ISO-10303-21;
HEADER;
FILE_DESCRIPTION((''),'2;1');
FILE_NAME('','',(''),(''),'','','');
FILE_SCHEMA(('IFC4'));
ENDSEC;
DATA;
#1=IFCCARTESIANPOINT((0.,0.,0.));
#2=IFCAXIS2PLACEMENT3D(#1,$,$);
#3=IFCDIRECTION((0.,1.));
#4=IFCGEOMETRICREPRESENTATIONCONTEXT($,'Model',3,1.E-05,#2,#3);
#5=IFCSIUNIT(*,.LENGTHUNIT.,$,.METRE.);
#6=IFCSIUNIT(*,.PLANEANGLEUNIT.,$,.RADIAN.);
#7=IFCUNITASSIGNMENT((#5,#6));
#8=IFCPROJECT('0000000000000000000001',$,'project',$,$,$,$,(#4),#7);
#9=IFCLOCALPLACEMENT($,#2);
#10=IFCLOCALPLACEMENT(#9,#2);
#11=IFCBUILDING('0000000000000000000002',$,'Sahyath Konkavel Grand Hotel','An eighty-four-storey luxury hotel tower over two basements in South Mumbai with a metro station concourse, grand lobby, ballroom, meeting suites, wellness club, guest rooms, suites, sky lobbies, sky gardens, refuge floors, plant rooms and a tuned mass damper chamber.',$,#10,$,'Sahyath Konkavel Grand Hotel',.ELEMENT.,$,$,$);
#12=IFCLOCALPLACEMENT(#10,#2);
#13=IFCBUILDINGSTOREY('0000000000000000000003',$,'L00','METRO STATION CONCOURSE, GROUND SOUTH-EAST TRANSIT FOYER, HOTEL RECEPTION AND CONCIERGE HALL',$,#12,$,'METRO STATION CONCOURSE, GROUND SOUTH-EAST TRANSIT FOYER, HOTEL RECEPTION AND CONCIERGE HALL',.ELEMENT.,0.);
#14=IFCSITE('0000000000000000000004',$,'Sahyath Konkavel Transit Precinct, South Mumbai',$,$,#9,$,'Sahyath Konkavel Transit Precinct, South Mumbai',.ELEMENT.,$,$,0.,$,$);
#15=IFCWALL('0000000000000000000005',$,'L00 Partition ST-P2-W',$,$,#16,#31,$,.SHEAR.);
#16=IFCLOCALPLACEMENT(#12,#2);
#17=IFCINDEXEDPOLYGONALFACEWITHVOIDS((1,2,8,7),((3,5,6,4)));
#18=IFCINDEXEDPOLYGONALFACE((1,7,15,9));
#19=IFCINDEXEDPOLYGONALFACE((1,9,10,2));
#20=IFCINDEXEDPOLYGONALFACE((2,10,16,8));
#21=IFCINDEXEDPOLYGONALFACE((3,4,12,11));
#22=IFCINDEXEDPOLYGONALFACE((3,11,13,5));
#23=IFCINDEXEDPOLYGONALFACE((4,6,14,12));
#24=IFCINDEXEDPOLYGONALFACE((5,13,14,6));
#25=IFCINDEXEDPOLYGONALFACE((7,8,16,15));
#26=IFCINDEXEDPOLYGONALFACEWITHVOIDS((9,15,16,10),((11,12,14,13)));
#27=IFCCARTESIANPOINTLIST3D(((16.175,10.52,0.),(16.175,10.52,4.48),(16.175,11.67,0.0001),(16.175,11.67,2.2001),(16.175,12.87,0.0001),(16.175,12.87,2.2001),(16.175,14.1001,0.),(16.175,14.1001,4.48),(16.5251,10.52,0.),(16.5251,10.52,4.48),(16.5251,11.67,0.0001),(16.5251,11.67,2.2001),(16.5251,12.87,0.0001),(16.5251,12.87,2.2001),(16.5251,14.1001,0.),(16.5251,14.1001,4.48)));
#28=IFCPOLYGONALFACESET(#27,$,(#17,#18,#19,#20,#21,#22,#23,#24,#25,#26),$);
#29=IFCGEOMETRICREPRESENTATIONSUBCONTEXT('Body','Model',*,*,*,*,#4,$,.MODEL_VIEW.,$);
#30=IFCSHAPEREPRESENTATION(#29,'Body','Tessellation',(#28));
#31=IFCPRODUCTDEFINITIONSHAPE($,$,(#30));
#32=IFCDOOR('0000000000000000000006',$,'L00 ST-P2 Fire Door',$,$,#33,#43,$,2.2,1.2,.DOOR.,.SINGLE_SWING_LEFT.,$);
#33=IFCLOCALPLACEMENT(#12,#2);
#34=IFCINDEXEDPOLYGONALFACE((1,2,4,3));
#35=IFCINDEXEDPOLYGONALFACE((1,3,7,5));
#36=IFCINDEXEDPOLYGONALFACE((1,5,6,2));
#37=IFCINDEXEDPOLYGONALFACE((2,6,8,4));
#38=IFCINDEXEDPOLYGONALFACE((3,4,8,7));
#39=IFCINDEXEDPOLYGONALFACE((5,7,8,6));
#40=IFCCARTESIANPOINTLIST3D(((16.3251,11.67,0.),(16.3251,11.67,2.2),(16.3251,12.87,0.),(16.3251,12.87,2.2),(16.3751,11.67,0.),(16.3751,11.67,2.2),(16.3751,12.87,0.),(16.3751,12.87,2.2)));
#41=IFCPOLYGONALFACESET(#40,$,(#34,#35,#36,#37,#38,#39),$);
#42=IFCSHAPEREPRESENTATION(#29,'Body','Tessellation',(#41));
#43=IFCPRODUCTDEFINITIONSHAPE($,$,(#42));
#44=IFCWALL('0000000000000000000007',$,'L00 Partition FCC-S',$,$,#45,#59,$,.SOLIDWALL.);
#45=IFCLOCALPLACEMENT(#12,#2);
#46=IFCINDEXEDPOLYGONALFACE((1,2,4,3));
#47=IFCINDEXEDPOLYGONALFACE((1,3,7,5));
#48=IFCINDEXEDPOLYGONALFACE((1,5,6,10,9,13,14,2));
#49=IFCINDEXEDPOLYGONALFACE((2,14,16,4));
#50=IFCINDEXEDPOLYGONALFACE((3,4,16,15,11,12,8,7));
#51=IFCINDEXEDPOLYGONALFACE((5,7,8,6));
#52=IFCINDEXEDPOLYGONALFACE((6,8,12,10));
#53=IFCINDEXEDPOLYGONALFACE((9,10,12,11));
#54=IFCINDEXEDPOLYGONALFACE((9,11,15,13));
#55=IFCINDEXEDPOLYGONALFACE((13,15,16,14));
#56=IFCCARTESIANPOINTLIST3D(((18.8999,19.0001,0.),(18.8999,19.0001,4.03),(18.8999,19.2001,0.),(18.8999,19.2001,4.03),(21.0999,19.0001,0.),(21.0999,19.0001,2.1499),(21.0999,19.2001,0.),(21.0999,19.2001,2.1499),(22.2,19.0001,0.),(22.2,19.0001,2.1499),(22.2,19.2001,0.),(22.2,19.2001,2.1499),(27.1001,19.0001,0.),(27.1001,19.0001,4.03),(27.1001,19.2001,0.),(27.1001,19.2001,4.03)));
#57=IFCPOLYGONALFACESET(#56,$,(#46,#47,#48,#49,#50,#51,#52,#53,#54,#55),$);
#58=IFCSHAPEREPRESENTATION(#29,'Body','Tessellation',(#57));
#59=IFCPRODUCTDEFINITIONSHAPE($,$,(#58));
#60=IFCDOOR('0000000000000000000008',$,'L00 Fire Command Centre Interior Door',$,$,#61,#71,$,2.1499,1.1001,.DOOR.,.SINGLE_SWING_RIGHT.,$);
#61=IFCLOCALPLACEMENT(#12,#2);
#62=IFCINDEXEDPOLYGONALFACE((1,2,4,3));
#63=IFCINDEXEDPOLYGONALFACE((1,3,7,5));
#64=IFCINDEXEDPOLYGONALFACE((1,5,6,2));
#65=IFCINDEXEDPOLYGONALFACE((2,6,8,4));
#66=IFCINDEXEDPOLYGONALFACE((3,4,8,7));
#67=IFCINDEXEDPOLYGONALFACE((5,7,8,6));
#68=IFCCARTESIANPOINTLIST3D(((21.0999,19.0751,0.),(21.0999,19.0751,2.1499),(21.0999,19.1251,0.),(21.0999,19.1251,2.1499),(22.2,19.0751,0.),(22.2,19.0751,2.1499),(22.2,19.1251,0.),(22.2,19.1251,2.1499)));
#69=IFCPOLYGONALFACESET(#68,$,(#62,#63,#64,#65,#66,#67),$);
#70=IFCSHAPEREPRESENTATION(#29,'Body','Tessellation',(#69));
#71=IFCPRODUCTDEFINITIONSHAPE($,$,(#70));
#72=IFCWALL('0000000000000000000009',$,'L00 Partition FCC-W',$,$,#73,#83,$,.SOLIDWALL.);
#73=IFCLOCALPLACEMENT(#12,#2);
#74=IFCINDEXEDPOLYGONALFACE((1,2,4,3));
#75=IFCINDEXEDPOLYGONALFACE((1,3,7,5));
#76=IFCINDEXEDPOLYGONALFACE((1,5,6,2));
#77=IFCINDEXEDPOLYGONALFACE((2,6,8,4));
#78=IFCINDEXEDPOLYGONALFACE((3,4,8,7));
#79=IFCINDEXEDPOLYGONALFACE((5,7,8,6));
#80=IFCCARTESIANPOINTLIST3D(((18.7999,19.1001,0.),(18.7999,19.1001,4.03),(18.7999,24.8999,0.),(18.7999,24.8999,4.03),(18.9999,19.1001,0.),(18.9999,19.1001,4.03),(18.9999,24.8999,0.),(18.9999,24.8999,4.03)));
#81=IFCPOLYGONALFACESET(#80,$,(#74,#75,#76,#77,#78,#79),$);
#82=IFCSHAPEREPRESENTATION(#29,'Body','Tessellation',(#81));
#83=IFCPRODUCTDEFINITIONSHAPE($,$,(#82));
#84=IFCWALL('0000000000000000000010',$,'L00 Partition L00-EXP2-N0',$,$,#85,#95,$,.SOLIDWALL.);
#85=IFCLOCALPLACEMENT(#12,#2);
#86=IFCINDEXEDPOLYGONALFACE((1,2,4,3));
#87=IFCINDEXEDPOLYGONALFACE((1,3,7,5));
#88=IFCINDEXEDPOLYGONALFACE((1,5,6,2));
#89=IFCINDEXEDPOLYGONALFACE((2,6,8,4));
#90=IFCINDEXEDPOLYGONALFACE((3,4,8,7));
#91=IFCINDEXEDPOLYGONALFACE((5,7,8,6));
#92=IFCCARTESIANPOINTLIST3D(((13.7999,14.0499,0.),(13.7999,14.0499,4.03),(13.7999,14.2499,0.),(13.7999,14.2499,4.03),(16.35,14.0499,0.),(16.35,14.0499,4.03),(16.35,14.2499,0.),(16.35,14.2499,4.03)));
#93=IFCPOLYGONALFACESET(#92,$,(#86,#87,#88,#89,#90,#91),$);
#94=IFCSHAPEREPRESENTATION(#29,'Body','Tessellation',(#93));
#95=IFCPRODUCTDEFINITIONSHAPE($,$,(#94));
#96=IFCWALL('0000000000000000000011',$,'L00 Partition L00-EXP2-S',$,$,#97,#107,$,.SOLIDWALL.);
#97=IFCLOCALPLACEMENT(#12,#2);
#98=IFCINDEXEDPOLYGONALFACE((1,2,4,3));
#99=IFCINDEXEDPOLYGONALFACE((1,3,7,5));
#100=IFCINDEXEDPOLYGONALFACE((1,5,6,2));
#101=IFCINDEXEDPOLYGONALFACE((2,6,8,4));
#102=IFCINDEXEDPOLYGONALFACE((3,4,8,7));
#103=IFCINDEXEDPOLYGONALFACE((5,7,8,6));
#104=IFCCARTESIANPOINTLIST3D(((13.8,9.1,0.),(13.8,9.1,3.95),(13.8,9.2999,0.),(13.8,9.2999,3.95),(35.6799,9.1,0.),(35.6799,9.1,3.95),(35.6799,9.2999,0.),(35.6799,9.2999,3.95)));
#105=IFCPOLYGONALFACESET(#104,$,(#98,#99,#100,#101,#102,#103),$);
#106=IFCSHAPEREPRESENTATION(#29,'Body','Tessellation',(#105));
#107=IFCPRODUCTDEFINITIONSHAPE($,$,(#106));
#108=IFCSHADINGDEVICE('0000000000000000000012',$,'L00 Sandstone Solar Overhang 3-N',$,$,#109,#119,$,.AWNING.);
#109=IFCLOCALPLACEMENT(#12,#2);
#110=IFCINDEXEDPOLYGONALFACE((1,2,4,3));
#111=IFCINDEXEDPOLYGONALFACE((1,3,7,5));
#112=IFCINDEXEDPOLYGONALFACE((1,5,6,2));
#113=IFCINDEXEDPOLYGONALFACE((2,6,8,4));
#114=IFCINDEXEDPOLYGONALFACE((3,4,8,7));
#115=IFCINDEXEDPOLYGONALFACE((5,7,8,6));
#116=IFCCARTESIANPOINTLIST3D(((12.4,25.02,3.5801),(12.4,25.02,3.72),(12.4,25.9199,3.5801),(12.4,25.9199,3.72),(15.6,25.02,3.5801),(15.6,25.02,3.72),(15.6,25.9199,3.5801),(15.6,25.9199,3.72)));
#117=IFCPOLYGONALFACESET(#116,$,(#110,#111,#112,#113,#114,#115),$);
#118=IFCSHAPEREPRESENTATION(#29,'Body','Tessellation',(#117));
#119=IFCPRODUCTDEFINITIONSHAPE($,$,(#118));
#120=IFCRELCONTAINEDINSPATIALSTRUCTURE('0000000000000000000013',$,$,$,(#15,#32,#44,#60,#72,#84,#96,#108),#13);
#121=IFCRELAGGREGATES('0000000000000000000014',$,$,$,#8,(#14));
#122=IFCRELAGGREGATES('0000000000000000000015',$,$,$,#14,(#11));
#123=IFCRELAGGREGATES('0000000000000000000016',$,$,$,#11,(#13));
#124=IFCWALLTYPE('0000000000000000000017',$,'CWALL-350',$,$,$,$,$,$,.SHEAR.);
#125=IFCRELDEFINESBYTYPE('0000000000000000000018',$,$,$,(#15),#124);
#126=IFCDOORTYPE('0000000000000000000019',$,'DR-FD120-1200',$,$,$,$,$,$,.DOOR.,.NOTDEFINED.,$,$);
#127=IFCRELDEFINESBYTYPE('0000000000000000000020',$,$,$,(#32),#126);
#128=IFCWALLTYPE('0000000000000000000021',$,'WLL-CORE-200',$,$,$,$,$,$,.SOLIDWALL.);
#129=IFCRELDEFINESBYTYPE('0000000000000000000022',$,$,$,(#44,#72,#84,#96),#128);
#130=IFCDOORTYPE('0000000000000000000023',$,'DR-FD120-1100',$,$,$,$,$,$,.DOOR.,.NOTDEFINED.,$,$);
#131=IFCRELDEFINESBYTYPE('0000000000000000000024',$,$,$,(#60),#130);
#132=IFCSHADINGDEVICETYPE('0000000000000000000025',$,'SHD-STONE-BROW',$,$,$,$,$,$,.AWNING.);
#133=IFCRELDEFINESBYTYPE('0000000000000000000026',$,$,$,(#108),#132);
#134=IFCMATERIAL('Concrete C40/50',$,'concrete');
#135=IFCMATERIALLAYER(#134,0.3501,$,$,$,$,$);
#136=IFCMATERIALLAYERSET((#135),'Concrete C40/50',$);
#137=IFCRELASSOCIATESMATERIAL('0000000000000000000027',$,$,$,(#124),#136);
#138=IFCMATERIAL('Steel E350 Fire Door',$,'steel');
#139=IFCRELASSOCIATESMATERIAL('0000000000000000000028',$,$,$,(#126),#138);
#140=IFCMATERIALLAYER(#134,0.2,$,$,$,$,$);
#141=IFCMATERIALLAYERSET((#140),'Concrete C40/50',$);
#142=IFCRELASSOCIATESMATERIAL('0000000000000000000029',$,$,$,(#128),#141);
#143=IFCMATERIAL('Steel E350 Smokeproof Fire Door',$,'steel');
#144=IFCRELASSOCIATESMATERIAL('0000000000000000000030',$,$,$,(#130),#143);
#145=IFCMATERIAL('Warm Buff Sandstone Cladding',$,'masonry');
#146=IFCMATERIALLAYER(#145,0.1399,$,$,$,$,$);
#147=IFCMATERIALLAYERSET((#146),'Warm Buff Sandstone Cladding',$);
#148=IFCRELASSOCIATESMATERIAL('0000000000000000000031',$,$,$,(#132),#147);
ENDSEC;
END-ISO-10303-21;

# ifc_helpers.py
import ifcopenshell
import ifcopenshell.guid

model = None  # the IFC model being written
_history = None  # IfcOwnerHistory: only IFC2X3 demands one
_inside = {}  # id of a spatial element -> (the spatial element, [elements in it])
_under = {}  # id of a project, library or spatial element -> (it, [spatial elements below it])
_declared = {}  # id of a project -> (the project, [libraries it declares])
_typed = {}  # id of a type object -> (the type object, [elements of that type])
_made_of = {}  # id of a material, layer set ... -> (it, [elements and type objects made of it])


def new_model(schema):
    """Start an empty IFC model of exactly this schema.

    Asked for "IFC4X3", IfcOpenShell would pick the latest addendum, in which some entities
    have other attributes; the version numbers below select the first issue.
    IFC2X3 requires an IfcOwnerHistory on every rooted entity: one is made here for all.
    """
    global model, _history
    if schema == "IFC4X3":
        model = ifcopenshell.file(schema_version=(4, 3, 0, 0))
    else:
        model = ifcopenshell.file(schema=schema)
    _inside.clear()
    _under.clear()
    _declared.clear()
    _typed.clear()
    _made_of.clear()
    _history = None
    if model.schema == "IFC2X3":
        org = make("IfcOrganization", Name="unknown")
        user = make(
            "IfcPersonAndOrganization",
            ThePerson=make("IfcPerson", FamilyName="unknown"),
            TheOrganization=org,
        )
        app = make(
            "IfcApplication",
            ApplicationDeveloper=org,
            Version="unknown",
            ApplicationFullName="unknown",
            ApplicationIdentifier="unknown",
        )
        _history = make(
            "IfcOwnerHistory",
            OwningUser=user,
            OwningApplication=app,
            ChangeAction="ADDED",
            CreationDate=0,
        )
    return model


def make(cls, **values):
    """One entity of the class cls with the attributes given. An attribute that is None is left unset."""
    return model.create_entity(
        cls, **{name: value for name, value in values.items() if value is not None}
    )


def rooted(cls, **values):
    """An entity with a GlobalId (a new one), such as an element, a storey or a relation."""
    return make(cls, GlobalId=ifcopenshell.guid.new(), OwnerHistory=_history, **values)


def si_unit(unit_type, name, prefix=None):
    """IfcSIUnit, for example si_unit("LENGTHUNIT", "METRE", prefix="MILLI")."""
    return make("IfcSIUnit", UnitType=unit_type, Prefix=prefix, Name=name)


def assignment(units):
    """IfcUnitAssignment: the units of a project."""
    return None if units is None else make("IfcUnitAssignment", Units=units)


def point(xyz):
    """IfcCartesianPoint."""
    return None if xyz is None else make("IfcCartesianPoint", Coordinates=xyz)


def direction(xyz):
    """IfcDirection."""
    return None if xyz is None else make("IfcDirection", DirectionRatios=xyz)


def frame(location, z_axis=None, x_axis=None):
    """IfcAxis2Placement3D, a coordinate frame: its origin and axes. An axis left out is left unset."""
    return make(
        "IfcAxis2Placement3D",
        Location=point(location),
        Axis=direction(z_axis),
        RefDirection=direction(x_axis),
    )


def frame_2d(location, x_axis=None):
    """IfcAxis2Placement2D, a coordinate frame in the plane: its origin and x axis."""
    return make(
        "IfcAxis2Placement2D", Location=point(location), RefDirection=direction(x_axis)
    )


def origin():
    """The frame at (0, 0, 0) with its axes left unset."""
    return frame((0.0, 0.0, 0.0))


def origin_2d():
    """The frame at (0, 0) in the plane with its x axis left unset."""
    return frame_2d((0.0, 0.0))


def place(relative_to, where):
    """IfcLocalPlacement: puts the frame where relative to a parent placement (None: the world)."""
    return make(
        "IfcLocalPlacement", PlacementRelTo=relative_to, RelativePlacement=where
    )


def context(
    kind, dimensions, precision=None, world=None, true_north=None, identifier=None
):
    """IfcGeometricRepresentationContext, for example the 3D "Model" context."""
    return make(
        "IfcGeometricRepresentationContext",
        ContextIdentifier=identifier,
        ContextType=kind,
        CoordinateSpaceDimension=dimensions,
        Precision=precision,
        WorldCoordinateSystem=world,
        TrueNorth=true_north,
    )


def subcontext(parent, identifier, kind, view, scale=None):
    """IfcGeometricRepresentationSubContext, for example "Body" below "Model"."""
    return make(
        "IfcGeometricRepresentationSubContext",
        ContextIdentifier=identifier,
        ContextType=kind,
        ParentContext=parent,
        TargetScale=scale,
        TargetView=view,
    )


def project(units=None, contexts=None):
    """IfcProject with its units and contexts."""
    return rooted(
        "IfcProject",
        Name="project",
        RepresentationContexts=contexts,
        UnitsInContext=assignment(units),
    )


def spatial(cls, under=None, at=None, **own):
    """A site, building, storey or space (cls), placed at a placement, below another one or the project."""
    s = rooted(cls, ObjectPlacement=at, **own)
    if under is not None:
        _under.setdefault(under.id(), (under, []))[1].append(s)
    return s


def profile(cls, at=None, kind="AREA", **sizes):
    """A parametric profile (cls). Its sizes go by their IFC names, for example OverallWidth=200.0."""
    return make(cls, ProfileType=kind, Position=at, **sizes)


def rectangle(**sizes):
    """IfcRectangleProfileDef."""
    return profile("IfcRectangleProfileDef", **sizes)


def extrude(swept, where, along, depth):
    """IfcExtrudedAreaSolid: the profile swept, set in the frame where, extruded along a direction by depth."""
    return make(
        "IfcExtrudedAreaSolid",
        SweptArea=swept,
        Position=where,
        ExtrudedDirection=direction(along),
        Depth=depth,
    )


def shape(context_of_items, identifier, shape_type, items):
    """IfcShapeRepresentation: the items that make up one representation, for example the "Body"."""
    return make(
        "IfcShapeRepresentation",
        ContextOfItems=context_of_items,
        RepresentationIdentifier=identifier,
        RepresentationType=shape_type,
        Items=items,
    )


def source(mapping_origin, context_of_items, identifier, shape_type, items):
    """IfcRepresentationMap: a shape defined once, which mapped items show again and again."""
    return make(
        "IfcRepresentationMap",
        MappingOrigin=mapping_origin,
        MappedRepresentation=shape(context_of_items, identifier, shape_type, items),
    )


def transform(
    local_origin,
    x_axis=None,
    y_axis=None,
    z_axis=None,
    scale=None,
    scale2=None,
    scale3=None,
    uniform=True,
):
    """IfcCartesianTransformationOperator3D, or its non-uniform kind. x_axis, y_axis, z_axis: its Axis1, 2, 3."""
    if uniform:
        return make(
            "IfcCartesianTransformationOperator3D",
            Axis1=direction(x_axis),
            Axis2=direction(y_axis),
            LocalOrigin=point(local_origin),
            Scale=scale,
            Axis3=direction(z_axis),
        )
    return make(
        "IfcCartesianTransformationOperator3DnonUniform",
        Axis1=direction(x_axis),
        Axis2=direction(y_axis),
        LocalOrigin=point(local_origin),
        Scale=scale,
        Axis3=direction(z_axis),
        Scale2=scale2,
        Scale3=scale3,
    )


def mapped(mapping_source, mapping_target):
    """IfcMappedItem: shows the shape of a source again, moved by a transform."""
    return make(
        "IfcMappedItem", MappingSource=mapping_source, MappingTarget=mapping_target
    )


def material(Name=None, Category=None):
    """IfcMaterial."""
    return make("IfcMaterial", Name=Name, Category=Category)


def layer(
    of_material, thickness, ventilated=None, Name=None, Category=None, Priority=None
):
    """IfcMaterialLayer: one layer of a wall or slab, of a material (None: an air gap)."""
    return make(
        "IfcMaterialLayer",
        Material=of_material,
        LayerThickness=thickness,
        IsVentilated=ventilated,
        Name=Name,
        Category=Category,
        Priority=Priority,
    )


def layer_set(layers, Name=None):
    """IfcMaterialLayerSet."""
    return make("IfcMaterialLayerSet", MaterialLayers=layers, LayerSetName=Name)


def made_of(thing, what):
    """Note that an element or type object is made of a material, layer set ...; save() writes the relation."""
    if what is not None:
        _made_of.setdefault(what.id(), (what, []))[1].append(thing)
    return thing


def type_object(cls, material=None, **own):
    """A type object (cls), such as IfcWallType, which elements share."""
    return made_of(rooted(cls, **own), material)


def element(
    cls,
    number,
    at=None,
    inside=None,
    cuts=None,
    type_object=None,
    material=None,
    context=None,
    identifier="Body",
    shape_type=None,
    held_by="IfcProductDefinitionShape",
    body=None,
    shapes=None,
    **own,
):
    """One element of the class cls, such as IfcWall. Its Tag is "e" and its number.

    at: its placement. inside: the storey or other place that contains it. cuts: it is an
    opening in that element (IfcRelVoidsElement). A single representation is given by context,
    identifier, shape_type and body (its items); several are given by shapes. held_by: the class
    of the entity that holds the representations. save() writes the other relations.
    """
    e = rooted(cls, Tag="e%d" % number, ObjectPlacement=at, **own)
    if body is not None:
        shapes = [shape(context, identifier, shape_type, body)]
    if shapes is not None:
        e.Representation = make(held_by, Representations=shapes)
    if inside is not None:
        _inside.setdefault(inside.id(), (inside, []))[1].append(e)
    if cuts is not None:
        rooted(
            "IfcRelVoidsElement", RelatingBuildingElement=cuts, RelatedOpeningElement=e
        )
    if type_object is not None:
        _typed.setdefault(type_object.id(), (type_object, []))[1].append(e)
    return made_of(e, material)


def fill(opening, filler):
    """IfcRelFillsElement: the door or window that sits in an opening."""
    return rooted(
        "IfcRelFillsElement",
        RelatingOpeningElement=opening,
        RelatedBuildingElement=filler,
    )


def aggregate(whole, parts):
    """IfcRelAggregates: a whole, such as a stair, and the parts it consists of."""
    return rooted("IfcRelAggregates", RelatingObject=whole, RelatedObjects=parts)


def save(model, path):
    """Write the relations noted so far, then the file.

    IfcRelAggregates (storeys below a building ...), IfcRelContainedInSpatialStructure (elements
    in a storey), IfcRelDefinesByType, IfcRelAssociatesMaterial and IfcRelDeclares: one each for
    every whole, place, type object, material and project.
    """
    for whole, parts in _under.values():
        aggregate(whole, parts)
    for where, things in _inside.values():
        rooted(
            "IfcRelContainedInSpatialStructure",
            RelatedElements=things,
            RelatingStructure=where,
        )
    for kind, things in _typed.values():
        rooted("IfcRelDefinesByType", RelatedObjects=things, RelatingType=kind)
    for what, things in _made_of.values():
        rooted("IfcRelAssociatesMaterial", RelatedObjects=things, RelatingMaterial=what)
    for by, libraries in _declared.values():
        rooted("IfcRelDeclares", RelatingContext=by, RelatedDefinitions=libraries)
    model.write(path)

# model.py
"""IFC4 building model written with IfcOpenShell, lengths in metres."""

from ifc_helpers import new_model, si_unit, direction, frame, frame_2d, origin, origin_2d, place, context, subcontext, project, spatial, rectangle, extrude, source, transform, mapped, material, layer, layer_set, type_object, element, fill, save


model = new_model("IFC4")

# Units and contexts
model_context = context("Model", 3, precision=1e-05, world=origin(), true_north=direction((0.0, 1.0)))
body_context = subcontext(model_context, "Body", "Model", "MODEL_VIEW")
ifc_project = project(units=[si_unit("LENGTHUNIT", "METRE"), si_unit("PLANEANGLEUNIT", "RADIAN")], contexts=[model_context])

# Site, building, storey
site_placement = place(None, origin())
site = spatial("IfcSite", under=ifc_project, at=site_placement, Name="Sahyath Konkavel Transit Precinct, South Mumbai", LongName="Sahyath Konkavel Transit Precinct, South Mumbai", CompositionType="ELEMENT", RefElevation=0.0)
building_placement = place(site_placement, origin())
building = spatial("IfcBuilding", under=site, at=building_placement, Name="Sahyath Konkavel Grand Hotel", Description="An eighty-four-storey luxury hotel tower over two basements in South Mumbai with a metro station concourse, grand lobby, ballroom, meeting suites, wellness club, guest rooms, suites, sky lobbies, sky gardens, refuge floors, plant rooms and a tuned mass damper chamber.", LongName="Sahyath Konkavel Grand Hotel", CompositionType="ELEMENT")
storey_placement = place(building_placement, origin())
storey = spatial("IfcBuildingStorey", under=building, at=storey_placement, Name="L00", Description="METRO STATION CONCOURSE, GROUND SOUTH-EAST TRANSIT FOYER, HOTEL RECEPTION AND CONCIERGE HALL", LongName="METRO STATION CONCOURSE, GROUND SOUTH-EAST TRANSIT FOYER, HOTEL RECEPTION AND CONCIERGE HALL", CompositionType="ELEMENT", Elevation=0.0)

# Shared definitions
ifc_material_1 = material(Name="Concrete C40/50", Category="concrete")
ifc_layer_1 = layer(ifc_material_1, 0.3501)
ifc_layer_set_1 = layer_set([ifc_layer_1], Name="Concrete C40/50")
wall_type_1 = type_object("IfcWallType", Name="CWALL-350", PredefinedType="SHEAR", material=ifc_layer_set_1)

# Walls, openings, doors
wall_1_placement = place(storey_placement, frame((16.3501, 10.52, 0.0), z_axis=(0.0, 0.0, 1.0), x_axis=(0.0, 1.0, 0.0)))
wall_1 = element("IfcWall", 1, at=wall_1_placement, inside=storey, type_object=wall_type_1, Name="L00 Partition ST-P2-W", PredefinedType="SHEAR", context=body_context, shape_type="SweptSolid", body=[
    extrude(rectangle(XDim=3.5801, YDim=0.3501, at=frame_2d((1.79, 0.0))), origin(), (0.0, 0.0, 1.0), 4.48),
])
opening_1_placement = place(wall_1_placement, frame((1.1499, 0.0, 0.0)))
opening_1 = element("IfcOpeningElement", 2, at=opening_1_placement, cuts=wall_1, PredefinedType="OPENING", context=body_context, shape_type="SweptSolid", body=[
    extrude(rectangle(XDim=1.2, YDim=2.2, at=frame_2d((0.6001, 1.1001))), frame((0.0, 0.1851, 0.0), z_axis=(0.0, -1.0, 0.0), x_axis=(1.0, 0.0, 0.0)), (0.0, 0.0, 1.0), 0.3701),
])
ifc_material_2 = material(Name="Steel E350 Fire Door", Category="steel")
door_type_1 = type_object("IfcDoorType", Name="DR-FD120-1200", OperationType="NOTDEFINED", PredefinedType="DOOR", material=ifc_material_2)
shared_shape_1 = source(origin(), body_context, "Body", "SweptSolid", [
    extrude(rectangle(XDim=1.2, YDim=0.05, at=origin_2d()), origin(), (0.0, 0.0, 1.0), 2.2),
])
door_1_placement = place(opening_1_placement, frame((0.6001, 0.0, 0.0)))
door_1 = element("IfcDoor", 3, at=door_1_placement, inside=storey, type_object=door_type_1, Name="L00 ST-P2 Fire Door", OperationType="SINGLE_SWING_LEFT", OverallHeight=2.2, OverallWidth=1.2, PredefinedType="DOOR", context=body_context, shape_type="MappedRepresentation", body=[
    mapped(shared_shape_1, transform((0.0, 0.0, 0.0), scale=1.0)),
])
fill(opening_1, door_1)
ifc_layer_2 = layer(ifc_material_1, 0.2)
ifc_layer_set_2 = layer_set([ifc_layer_2], Name="Concrete C40/50")
wall_type_2 = type_object("IfcWallType", Name="WLL-CORE-200", PredefinedType="SOLIDWALL", material=ifc_layer_set_2)
wall_2_placement = place(storey_placement, frame((18.8999, 19.1001, 0.0), z_axis=(0.0, 0.0, 1.0), x_axis=(1.0, 0.0, 0.0)))
wall_2 = element("IfcWall", 4, at=wall_2_placement, inside=storey, type_object=wall_type_2, Name="L00 Partition FCC-S", PredefinedType="SOLIDWALL", context=body_context, shape_type="SweptSolid", body=[
    extrude(rectangle(XDim=8.2002, YDim=0.2, at=frame_2d((4.1001, 0.0))), origin(), (0.0, 0.0, 1.0), 4.03),
])
opening_2_placement = place(wall_2_placement, frame((2.2, 0.0, 0.0)))
opening_2 = element("IfcOpeningElement", 5, at=opening_2_placement, cuts=wall_2, PredefinedType="OPENING", context=body_context, shape_type="SweptSolid", body=[
    extrude(rectangle(XDim=1.1001, YDim=2.1499, at=frame_2d((0.55, 1.075))), frame((0.0, 0.1099, 0.0), z_axis=(0.0, -1.0, 0.0), x_axis=(1.0, 0.0, 0.0)), (0.0, 0.0, 1.0), 0.22),
])
ifc_material_3 = material(Name="Steel E350 Smokeproof Fire Door", Category="steel")
door_type_2 = type_object("IfcDoorType", Name="DR-FD120-1100", OperationType="NOTDEFINED", PredefinedType="DOOR", material=ifc_material_3)
shared_shape_2 = source(origin(), body_context, "Body", "SweptSolid", [
    extrude(rectangle(XDim=1.1001, YDim=0.05, at=origin_2d()), origin(), (0.0, 0.0, 1.0), 2.1499),
])
door_2_placement = place(opening_2_placement, frame((0.55, 0.0, 0.0)))
door_2 = element("IfcDoor", 6, at=door_2_placement, inside=storey, type_object=door_type_2, Name="L00 Fire Command Centre Interior Door", OperationType="SINGLE_SWING_RIGHT", OverallHeight=2.1499, OverallWidth=1.1001, PredefinedType="DOOR", context=body_context, shape_type="MappedRepresentation", body=[
    mapped(shared_shape_2, transform((0.0, 0.0, 0.0), scale=1.0)),
])
fill(opening_2, door_2)

# Wall
wall_3_placement = place(storey_placement, frame((18.8999, 19.1001, 0.0), z_axis=(0.0, 0.0, 1.0), x_axis=(0.0, 1.0, 0.0)))
element("IfcWall", 7, at=wall_3_placement, inside=storey, type_object=wall_type_2, Name="L00 Partition FCC-W", PredefinedType="SOLIDWALL", context=body_context, shape_type="SweptSolid", body=[
    extrude(rectangle(XDim=5.7998, YDim=0.2, at=frame_2d((2.8999, 0.0))), origin(), (0.0, 0.0, 1.0), 4.03),
])

# Walls
wall_4_placement = place(storey_placement, frame((13.8, 14.1499, 0.0), z_axis=(0.0, 0.0, 1.0), x_axis=(1.0, 0.0, 0.0)))
element("IfcWall", 8, at=wall_4_placement, inside=storey, type_object=wall_type_2, Name="L00 Partition L00-EXP2-N0", PredefinedType="SOLIDWALL", context=body_context, shape_type="SweptSolid", body=[
    extrude(rectangle(XDim=2.55, YDim=0.2, at=frame_2d((1.2749, 0.0))), origin(), (0.0, 0.0, 1.0), 4.03),
])
wall_5_placement = place(storey_placement, frame((13.8, 9.2, 0.0), z_axis=(0.0, 0.0, 1.0), x_axis=(1.0, 0.0, 0.0)))
element("IfcWall", 9, at=wall_5_placement, inside=storey, type_object=wall_type_2, Name="L00 Partition L00-EXP2-S", PredefinedType="SOLIDWALL", context=body_context, shape_type="SweptSolid", body=[
    extrude(rectangle(XDim=21.8799, YDim=0.2, at=frame_2d((10.9399, 0.0))), origin(), (0.0, 0.0, 1.0), 3.95),
])

# Shading device
ifc_material_4 = material(Name="Warm Buff Sandstone Cladding", Category="masonry")
ifc_layer_3 = layer(ifc_material_4, 0.1399)
ifc_layer_set_3 = layer_set([ifc_layer_3], Name="Warm Buff Sandstone Cladding")
shading_device_type = type_object("IfcShadingDeviceType", Name="SHD-STONE-BROW", PredefinedType="AWNING", material=ifc_layer_set_3)
shared_shape_3 = source(origin(), body_context, "Body", "SweptSolid", [
    extrude(rectangle(XDim=3.2, YDim=0.8999, at=origin_2d()), origin(), (0.0, 0.0, 1.0), 0.1399),
])
shading_device_placement = place(storey_placement, frame((14.0, 25.47, 3.5801), z_axis=(0.0, 0.0, 1.0), x_axis=(1.0, 0.0, 0.0)))
element("IfcShadingDevice", 10, at=shading_device_placement, inside=storey, type_object=shading_device_type, Name="L00 Sandstone Solar Overhang 3-N", PredefinedType="AWNING", context=body_context, shape_type="MappedRepresentation", body=[
    mapped(shared_shape_3, transform((0.0, 0.0, 0.0), scale=1.0)),
])

save(model, "model.ifc")
